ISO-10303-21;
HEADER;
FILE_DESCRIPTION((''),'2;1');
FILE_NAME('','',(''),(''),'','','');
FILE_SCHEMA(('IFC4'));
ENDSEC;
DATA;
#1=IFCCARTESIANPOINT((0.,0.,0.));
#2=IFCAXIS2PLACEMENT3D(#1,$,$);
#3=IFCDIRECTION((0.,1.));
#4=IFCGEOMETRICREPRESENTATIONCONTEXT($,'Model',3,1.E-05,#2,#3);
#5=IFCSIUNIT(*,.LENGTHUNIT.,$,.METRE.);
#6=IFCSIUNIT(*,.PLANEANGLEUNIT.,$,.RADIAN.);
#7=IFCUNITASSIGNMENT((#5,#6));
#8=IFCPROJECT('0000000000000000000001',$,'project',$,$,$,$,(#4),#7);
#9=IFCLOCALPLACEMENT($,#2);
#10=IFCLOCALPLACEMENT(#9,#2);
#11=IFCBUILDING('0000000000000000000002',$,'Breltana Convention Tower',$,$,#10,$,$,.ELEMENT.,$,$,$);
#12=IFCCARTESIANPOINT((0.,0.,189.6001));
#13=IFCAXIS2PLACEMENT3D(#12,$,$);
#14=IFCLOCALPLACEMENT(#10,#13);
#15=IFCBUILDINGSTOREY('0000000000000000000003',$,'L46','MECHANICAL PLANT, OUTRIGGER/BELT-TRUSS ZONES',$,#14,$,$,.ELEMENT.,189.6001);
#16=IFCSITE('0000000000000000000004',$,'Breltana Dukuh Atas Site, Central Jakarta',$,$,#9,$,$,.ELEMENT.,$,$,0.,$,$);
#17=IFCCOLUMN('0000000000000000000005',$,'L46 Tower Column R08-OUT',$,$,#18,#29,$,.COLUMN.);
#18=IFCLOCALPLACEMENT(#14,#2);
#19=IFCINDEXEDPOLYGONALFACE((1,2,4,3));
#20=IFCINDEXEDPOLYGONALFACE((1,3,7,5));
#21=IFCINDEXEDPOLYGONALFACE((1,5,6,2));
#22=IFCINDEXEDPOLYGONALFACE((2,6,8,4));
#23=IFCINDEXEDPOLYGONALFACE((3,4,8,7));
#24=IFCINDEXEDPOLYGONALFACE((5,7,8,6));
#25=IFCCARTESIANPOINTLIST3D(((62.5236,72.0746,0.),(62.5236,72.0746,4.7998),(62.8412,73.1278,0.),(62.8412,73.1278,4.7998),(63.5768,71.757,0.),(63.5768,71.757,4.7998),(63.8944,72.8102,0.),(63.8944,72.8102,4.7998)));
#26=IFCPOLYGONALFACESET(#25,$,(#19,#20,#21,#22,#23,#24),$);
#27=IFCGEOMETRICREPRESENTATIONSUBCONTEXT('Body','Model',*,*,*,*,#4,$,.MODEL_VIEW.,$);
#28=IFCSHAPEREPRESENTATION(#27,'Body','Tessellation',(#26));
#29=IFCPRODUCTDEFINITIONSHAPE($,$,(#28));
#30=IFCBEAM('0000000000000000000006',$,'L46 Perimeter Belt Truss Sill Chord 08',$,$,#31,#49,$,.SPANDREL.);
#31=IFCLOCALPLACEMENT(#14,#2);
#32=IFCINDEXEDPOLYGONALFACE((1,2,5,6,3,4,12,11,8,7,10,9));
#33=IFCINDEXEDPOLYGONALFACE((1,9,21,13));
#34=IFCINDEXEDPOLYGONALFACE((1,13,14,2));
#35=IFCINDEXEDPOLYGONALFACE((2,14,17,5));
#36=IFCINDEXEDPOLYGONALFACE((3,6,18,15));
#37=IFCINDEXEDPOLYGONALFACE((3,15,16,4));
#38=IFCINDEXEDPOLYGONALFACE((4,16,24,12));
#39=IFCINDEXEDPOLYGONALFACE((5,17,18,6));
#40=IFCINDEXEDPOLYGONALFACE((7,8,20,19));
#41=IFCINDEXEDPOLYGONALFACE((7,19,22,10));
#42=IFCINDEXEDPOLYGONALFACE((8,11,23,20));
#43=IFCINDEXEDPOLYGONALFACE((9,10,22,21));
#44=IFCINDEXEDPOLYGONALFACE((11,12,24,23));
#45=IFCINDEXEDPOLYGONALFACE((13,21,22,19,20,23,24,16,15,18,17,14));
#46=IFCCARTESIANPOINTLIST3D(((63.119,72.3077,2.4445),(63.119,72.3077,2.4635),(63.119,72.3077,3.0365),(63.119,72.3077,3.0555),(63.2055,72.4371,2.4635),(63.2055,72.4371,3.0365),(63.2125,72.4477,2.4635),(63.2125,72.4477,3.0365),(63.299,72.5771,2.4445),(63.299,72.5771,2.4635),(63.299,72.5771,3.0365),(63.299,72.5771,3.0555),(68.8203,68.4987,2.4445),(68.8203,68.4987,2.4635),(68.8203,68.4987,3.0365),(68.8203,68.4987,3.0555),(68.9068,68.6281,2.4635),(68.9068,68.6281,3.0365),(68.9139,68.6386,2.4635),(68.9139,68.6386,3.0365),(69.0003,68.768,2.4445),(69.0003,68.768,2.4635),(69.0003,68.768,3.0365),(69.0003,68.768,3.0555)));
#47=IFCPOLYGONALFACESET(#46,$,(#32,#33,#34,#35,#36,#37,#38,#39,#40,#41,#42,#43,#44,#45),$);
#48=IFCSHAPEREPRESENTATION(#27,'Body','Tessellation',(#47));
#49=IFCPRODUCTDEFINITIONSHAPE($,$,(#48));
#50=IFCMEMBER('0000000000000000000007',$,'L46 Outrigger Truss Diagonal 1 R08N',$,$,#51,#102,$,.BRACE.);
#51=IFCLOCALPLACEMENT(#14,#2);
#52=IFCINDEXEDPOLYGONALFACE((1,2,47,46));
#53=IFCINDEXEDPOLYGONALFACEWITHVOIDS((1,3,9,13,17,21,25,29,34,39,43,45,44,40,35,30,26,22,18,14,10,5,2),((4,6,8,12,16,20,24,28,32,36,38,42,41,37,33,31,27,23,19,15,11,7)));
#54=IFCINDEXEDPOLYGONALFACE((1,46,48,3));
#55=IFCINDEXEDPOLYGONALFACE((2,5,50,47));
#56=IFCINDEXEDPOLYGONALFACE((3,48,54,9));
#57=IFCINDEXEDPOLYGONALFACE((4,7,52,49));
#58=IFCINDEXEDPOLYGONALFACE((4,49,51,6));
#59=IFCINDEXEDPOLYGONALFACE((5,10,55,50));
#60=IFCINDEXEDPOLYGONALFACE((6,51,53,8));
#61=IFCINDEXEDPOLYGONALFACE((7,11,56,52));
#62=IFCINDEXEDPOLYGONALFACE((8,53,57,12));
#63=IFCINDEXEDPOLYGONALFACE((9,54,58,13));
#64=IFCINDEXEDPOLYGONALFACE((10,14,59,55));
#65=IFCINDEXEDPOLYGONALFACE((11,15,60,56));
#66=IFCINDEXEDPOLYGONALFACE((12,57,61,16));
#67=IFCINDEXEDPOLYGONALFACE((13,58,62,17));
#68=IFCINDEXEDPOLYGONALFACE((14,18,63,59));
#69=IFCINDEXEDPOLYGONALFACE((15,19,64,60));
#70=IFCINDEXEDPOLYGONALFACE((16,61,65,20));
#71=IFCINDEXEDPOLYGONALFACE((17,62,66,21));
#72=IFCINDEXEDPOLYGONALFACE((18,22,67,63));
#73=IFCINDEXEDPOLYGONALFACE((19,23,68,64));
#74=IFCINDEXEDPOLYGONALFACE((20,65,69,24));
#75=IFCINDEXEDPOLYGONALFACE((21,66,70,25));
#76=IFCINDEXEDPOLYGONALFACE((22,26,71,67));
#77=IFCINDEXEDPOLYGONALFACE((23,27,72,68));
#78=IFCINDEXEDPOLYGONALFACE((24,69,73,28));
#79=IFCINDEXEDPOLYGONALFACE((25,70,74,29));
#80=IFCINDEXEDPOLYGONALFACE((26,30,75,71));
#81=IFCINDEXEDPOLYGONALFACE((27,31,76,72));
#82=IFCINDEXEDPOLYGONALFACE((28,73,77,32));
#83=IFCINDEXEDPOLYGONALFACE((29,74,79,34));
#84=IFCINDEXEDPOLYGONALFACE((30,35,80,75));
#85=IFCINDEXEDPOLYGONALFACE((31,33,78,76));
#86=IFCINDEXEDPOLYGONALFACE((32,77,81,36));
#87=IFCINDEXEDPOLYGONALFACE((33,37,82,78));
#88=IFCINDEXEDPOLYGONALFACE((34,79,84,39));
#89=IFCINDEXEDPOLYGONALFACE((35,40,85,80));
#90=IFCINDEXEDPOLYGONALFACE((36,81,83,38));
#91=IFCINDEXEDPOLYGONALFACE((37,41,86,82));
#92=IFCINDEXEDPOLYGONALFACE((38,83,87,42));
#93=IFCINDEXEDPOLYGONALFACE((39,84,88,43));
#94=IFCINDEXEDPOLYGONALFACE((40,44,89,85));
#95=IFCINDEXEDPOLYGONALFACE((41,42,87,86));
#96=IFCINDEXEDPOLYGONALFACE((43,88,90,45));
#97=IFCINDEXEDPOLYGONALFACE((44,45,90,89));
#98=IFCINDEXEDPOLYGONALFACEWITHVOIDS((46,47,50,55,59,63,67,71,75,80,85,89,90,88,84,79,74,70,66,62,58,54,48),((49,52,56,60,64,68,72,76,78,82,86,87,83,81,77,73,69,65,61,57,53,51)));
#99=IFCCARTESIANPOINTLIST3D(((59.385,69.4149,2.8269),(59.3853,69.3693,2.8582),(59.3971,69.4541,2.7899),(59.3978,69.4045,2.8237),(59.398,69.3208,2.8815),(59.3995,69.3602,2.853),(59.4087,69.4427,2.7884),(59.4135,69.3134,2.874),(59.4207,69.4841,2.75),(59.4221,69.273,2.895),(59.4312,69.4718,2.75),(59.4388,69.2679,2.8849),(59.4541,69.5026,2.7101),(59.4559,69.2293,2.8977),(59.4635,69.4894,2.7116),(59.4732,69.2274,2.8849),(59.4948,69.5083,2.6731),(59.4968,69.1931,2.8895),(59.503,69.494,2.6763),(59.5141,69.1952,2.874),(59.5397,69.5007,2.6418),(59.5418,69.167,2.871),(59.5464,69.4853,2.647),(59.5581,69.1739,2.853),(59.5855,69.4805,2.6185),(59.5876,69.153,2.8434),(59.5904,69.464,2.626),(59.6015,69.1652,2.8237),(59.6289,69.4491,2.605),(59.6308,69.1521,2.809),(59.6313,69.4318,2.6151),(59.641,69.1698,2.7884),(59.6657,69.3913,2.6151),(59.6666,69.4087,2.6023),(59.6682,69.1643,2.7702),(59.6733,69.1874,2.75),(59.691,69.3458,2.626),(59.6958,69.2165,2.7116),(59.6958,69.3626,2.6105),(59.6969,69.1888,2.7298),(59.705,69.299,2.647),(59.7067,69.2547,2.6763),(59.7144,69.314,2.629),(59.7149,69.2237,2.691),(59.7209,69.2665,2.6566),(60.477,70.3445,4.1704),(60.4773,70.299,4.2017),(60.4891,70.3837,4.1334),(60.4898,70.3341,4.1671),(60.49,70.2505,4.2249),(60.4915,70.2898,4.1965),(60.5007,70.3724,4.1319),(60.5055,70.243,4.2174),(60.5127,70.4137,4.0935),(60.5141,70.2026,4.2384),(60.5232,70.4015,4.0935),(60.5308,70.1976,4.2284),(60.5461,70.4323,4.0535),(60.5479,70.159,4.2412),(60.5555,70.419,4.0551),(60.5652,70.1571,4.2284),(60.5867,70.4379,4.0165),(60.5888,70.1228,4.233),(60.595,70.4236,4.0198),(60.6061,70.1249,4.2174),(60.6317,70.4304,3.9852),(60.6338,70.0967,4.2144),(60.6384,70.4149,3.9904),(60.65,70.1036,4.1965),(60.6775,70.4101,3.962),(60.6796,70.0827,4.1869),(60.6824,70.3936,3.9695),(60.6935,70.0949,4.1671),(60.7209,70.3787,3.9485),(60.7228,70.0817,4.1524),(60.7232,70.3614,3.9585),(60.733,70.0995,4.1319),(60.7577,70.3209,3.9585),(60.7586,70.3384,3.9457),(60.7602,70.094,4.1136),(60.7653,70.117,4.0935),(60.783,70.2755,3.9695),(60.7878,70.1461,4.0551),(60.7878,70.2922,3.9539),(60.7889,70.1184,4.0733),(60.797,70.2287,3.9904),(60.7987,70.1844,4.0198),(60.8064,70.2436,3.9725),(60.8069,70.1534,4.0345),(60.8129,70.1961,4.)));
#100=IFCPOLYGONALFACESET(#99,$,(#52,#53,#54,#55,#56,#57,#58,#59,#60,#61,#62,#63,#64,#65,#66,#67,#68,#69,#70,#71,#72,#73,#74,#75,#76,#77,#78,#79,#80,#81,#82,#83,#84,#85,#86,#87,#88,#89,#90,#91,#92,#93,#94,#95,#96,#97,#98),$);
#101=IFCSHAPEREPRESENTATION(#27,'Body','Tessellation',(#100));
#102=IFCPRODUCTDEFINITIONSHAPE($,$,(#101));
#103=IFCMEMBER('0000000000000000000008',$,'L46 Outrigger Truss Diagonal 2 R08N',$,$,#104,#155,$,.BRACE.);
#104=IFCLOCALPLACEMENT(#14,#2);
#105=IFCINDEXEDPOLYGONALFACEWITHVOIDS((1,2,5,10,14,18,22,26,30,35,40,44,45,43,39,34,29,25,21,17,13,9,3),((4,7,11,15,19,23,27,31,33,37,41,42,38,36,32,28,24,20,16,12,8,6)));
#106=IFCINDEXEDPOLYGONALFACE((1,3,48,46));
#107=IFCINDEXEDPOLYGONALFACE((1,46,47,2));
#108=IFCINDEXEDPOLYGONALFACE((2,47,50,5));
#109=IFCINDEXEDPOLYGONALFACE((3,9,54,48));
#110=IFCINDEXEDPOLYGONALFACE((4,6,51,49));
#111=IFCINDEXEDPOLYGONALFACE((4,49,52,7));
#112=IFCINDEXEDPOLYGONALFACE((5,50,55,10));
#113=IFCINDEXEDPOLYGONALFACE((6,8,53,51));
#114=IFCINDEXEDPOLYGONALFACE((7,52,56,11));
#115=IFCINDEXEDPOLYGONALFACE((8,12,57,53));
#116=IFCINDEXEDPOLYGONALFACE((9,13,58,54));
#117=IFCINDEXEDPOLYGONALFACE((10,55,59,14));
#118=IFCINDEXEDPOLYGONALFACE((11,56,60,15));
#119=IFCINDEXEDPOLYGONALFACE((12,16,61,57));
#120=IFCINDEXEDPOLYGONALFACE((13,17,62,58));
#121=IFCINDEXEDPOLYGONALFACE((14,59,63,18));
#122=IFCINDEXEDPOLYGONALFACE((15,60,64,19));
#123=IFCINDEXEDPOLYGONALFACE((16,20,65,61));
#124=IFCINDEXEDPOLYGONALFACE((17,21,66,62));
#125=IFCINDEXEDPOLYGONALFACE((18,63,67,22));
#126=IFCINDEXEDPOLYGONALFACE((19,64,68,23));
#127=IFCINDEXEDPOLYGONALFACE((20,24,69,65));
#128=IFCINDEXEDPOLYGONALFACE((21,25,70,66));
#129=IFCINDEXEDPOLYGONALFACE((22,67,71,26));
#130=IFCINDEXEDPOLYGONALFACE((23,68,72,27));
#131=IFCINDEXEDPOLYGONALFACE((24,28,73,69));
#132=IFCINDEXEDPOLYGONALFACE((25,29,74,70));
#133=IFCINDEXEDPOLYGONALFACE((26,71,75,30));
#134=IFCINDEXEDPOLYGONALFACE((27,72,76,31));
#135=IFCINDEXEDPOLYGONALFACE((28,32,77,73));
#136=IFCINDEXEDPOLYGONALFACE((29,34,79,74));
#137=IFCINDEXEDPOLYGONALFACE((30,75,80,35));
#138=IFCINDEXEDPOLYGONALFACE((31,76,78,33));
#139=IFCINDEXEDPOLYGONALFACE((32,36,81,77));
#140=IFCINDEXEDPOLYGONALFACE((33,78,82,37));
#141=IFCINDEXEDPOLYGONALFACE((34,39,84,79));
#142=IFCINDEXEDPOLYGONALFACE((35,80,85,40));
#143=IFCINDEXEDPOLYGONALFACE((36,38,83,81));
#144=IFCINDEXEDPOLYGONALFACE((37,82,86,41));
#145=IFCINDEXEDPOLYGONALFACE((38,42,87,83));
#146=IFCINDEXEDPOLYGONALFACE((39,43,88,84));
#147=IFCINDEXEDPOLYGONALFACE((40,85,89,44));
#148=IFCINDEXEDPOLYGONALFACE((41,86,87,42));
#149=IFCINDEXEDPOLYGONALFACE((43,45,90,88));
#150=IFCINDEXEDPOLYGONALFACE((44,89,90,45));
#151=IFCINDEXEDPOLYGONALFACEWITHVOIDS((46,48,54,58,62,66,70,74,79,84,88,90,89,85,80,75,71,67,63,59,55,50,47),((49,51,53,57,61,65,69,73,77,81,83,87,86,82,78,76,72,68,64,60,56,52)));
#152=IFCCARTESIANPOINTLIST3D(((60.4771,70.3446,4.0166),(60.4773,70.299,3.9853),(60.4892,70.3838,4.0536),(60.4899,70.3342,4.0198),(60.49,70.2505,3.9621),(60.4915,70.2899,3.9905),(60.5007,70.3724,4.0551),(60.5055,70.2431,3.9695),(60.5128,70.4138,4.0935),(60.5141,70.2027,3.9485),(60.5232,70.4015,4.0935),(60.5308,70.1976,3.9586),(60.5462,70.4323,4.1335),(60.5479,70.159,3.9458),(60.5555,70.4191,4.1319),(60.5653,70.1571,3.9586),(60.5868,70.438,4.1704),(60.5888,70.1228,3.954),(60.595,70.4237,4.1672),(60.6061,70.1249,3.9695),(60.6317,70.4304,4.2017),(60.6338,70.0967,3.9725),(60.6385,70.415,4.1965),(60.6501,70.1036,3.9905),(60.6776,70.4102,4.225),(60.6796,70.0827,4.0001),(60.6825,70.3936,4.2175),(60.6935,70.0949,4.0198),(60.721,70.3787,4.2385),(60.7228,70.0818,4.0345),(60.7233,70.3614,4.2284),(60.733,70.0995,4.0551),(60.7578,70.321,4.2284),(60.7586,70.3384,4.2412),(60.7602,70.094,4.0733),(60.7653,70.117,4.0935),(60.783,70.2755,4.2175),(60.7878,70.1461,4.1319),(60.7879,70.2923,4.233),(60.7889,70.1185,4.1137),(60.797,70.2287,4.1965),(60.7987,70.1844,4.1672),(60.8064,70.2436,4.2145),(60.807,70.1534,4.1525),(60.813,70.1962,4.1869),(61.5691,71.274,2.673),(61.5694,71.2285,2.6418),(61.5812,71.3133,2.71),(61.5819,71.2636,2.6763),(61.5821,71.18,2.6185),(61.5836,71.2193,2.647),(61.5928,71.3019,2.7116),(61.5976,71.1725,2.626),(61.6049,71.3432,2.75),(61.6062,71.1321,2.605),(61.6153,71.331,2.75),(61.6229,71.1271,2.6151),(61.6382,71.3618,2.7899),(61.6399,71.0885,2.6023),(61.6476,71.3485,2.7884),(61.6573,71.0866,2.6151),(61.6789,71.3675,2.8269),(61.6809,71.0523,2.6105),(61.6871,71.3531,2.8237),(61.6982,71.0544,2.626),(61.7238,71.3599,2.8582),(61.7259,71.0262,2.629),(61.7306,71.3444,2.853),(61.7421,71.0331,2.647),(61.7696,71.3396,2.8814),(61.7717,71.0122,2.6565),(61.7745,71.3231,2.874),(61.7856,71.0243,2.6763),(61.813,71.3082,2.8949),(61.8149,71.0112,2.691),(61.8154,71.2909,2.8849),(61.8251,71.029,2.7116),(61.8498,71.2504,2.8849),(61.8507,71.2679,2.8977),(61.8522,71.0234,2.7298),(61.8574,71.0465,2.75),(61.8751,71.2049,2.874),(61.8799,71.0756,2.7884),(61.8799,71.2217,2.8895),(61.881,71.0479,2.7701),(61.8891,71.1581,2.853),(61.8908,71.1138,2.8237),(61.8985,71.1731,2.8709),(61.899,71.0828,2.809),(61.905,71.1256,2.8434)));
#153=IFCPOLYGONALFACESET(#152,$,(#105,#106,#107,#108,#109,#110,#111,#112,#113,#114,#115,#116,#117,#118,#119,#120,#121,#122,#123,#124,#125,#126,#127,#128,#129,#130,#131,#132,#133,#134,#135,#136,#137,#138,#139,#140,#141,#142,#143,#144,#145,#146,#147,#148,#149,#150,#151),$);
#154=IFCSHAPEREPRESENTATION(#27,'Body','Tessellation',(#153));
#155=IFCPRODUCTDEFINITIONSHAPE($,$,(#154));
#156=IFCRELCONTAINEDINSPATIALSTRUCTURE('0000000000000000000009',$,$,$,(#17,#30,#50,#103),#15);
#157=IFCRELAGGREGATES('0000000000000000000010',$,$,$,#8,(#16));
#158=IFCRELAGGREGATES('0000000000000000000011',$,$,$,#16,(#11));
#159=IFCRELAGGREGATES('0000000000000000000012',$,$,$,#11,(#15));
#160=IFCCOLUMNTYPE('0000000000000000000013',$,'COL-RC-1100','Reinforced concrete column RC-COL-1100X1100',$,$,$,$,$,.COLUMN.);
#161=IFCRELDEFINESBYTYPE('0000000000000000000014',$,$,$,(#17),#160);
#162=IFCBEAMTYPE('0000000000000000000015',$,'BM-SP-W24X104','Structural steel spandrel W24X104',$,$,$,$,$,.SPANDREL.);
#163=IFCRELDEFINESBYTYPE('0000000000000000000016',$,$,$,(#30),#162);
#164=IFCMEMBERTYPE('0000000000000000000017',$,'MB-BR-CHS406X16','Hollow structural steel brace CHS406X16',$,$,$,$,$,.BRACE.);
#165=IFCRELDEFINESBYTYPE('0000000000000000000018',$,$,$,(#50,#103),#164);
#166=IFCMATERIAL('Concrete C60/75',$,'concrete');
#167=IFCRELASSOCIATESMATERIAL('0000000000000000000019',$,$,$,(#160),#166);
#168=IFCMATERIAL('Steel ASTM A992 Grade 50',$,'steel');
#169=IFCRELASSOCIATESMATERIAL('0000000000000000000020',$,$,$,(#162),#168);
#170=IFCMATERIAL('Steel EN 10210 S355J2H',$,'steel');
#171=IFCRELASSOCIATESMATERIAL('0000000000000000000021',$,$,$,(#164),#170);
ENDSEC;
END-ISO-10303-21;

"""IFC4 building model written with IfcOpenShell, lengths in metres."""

from ifc_helpers import new_model, si_unit, direction, frame, origin, origin_2d, place, context, subcontext, project, spatial, rectangle, hollow_circle, i_section, extrude, source, transform, mapped, material, material_profile, profile_set, type_object, element, save


model = new_model("IFC4")

# Units and contexts
model_context = context("Model", 3, precision=1e-05, world=origin(), true_north=direction((0.0, 1.0)))
body_context = subcontext(model_context, "Body", "Model", "MODEL_VIEW")
ifc_project = project(units=[si_unit("LENGTHUNIT", "METRE"), si_unit("PLANEANGLEUNIT", "RADIAN")], contexts=[model_context])

# Site, building, storey
site_placement = place(None, origin())
site = spatial("IfcSite", under=ifc_project, at=site_placement, Name="Breltana Dukuh Atas Site, Central Jakarta", CompositionType="ELEMENT", RefElevation=0.0)
building_placement = place(site_placement, origin())
building = spatial("IfcBuilding", under=site, at=building_placement, Name="Breltana Convention Tower", CompositionType="ELEMENT")
storey_placement = place(building_placement, frame((0.0, 0.0, 189.6001)))
storey = spatial("IfcBuildingStorey", under=building, at=storey_placement, Name="L46", Description="MECHANICAL PLANT, OUTRIGGER/BELT-TRUSS ZONES", CompositionType="ELEMENT", Elevation=189.6001)

# Column
ifc_material_1 = material(Name="Concrete C60/75", Category="concrete")
ifc_material_profile_1 = material_profile(ifc_material_1, rectangle(XDim=1.1001, YDim=1.1001, at=origin_2d()), Name="RC-COL-1100X1100")
ifc_profile_set_1 = profile_set([ifc_material_profile_1], Name="Concrete C60/75")
column_type = type_object("IfcColumnType", Name="COL-RC-1100", Description="Reinforced concrete column RC-COL-1100X1100", PredefinedType="COLUMN", material=ifc_profile_set_1)
shared_shape_1 = source(origin(), body_context, "Body", "SweptSolid", [
    extrude(rectangle(XDim=1.1001, YDim=1.1001, at=origin_2d()), origin(), (0.0, 0.0, 1.0), 4.7998),
])
column_placement = place(storey_placement, frame((63.209, 72.4424, 0.0), z_axis=(0.0, 0.0, 1.0), x_axis=(0.288698, 0.95742, 0.0)))
element("IfcColumn", 1, at=column_placement, inside=storey, type_object=column_type, Name="L46 Tower Column R08-OUT", PredefinedType="COLUMN", context=body_context, shape_type="MappedRepresentation", body=[
    mapped(shared_shape_1, transform((0.0, 0.0, 0.0), scale=1.0)),
])

# Beam
ifc_material_2 = material(Name="Steel ASTM A992 Grade 50", Category="steel")
ifc_material_profile_2 = material_profile(ifc_material_2, i_section(OverallWidth=0.324, OverallDepth=0.6111, WebThickness=0.0127, FlangeThickness=0.019, at=origin_2d()), Name="W24X104")
ifc_profile_set_2 = profile_set([ifc_material_profile_2], Name="Steel ASTM A992 Grade 50")
beam_type_1 = type_object("IfcBeamType", Name="BM-SP-W24X104", Description="Structural steel spandrel W24X104", PredefinedType="SPANDREL", material=ifc_profile_set_2)
shared_shape_2 = source(origin(), body_context, "Body", "SweptSolid", [
    extrude(i_section(OverallWidth=0.324, OverallDepth=0.6111, WebThickness=0.0127, FlangeThickness=0.019, at=origin_2d()), origin(), (0.0, 0.0, 1.0), 6.8567),
])
beam_1_placement = place(storey_placement, frame((63.209, 72.4424, 2.75), z_axis=(0.831502, -0.555522, 0.0), x_axis=(0.555522, 0.831502, 0.0)))
element("IfcBeam", 2, at=beam_1_placement, inside=storey, type_object=beam_type_1, Name="L46 Perimeter Belt Truss Sill Chord 08", PredefinedType="SPANDREL", context=body_context, shape_type="MappedRepresentation", body=[
    mapped(shared_shape_2, transform((0.0, 0.0, 0.0), scale=1.0)),
])

# Members
ifc_material_3 = material(Name="Steel EN 10210 S355J2H", Category="steel")
ifc_material_profile_3 = material_profile(ifc_material_3, hollow_circle(Radius=0.2029, WallThickness=0.0161, at=origin_2d()), Name="CHS406X16")
ifc_profile_set_3 = profile_set([ifc_material_profile_3], Name="Steel EN 10210 S355J2H")
member_type_1 = type_object("IfcMemberType", Name="MB-BR-CHS406X16", Description="Hollow structural steel brace CHS406X16", PredefinedType="BRACE", material=ifc_profile_set_3)
shared_shape_3 = source(origin(), body_context, "Body", "SweptSolid", [
    extrude(hollow_circle(Radius=0.2029, WallThickness=0.0161, at=origin_2d()), origin(), (0.0, 0.0, 1.0), 1.9651),
])
for number, where, z_axis, x_axis, name in (
    (3, (59.5522, 69.3296, 2.75), (0.555699, 0.473083, 0.68366), (-0.648236, 0.761439, 0.0), "L46 Outrigger Truss Diagonal 1 R08N"),
    (4, (60.6443, 70.2593, 4.0935), (0.555732, 0.472987, -0.6837), (-0.648138, 0.761523, 0.0), "L46 Outrigger Truss Diagonal 2 R08N"),
):
    element("IfcMember", number, at=place(storey_placement, frame(where, z_axis=z_axis, x_axis=x_axis)), inside=storey, type_object=member_type_1, Name=name, PredefinedType="BRACE", context=body_context, shape_type="MappedRepresentation", body=[
        mapped(shared_shape_3, transform((0.0, 0.0, 0.0), scale=1.0)),
    ])

save(model, "model.ifc")
